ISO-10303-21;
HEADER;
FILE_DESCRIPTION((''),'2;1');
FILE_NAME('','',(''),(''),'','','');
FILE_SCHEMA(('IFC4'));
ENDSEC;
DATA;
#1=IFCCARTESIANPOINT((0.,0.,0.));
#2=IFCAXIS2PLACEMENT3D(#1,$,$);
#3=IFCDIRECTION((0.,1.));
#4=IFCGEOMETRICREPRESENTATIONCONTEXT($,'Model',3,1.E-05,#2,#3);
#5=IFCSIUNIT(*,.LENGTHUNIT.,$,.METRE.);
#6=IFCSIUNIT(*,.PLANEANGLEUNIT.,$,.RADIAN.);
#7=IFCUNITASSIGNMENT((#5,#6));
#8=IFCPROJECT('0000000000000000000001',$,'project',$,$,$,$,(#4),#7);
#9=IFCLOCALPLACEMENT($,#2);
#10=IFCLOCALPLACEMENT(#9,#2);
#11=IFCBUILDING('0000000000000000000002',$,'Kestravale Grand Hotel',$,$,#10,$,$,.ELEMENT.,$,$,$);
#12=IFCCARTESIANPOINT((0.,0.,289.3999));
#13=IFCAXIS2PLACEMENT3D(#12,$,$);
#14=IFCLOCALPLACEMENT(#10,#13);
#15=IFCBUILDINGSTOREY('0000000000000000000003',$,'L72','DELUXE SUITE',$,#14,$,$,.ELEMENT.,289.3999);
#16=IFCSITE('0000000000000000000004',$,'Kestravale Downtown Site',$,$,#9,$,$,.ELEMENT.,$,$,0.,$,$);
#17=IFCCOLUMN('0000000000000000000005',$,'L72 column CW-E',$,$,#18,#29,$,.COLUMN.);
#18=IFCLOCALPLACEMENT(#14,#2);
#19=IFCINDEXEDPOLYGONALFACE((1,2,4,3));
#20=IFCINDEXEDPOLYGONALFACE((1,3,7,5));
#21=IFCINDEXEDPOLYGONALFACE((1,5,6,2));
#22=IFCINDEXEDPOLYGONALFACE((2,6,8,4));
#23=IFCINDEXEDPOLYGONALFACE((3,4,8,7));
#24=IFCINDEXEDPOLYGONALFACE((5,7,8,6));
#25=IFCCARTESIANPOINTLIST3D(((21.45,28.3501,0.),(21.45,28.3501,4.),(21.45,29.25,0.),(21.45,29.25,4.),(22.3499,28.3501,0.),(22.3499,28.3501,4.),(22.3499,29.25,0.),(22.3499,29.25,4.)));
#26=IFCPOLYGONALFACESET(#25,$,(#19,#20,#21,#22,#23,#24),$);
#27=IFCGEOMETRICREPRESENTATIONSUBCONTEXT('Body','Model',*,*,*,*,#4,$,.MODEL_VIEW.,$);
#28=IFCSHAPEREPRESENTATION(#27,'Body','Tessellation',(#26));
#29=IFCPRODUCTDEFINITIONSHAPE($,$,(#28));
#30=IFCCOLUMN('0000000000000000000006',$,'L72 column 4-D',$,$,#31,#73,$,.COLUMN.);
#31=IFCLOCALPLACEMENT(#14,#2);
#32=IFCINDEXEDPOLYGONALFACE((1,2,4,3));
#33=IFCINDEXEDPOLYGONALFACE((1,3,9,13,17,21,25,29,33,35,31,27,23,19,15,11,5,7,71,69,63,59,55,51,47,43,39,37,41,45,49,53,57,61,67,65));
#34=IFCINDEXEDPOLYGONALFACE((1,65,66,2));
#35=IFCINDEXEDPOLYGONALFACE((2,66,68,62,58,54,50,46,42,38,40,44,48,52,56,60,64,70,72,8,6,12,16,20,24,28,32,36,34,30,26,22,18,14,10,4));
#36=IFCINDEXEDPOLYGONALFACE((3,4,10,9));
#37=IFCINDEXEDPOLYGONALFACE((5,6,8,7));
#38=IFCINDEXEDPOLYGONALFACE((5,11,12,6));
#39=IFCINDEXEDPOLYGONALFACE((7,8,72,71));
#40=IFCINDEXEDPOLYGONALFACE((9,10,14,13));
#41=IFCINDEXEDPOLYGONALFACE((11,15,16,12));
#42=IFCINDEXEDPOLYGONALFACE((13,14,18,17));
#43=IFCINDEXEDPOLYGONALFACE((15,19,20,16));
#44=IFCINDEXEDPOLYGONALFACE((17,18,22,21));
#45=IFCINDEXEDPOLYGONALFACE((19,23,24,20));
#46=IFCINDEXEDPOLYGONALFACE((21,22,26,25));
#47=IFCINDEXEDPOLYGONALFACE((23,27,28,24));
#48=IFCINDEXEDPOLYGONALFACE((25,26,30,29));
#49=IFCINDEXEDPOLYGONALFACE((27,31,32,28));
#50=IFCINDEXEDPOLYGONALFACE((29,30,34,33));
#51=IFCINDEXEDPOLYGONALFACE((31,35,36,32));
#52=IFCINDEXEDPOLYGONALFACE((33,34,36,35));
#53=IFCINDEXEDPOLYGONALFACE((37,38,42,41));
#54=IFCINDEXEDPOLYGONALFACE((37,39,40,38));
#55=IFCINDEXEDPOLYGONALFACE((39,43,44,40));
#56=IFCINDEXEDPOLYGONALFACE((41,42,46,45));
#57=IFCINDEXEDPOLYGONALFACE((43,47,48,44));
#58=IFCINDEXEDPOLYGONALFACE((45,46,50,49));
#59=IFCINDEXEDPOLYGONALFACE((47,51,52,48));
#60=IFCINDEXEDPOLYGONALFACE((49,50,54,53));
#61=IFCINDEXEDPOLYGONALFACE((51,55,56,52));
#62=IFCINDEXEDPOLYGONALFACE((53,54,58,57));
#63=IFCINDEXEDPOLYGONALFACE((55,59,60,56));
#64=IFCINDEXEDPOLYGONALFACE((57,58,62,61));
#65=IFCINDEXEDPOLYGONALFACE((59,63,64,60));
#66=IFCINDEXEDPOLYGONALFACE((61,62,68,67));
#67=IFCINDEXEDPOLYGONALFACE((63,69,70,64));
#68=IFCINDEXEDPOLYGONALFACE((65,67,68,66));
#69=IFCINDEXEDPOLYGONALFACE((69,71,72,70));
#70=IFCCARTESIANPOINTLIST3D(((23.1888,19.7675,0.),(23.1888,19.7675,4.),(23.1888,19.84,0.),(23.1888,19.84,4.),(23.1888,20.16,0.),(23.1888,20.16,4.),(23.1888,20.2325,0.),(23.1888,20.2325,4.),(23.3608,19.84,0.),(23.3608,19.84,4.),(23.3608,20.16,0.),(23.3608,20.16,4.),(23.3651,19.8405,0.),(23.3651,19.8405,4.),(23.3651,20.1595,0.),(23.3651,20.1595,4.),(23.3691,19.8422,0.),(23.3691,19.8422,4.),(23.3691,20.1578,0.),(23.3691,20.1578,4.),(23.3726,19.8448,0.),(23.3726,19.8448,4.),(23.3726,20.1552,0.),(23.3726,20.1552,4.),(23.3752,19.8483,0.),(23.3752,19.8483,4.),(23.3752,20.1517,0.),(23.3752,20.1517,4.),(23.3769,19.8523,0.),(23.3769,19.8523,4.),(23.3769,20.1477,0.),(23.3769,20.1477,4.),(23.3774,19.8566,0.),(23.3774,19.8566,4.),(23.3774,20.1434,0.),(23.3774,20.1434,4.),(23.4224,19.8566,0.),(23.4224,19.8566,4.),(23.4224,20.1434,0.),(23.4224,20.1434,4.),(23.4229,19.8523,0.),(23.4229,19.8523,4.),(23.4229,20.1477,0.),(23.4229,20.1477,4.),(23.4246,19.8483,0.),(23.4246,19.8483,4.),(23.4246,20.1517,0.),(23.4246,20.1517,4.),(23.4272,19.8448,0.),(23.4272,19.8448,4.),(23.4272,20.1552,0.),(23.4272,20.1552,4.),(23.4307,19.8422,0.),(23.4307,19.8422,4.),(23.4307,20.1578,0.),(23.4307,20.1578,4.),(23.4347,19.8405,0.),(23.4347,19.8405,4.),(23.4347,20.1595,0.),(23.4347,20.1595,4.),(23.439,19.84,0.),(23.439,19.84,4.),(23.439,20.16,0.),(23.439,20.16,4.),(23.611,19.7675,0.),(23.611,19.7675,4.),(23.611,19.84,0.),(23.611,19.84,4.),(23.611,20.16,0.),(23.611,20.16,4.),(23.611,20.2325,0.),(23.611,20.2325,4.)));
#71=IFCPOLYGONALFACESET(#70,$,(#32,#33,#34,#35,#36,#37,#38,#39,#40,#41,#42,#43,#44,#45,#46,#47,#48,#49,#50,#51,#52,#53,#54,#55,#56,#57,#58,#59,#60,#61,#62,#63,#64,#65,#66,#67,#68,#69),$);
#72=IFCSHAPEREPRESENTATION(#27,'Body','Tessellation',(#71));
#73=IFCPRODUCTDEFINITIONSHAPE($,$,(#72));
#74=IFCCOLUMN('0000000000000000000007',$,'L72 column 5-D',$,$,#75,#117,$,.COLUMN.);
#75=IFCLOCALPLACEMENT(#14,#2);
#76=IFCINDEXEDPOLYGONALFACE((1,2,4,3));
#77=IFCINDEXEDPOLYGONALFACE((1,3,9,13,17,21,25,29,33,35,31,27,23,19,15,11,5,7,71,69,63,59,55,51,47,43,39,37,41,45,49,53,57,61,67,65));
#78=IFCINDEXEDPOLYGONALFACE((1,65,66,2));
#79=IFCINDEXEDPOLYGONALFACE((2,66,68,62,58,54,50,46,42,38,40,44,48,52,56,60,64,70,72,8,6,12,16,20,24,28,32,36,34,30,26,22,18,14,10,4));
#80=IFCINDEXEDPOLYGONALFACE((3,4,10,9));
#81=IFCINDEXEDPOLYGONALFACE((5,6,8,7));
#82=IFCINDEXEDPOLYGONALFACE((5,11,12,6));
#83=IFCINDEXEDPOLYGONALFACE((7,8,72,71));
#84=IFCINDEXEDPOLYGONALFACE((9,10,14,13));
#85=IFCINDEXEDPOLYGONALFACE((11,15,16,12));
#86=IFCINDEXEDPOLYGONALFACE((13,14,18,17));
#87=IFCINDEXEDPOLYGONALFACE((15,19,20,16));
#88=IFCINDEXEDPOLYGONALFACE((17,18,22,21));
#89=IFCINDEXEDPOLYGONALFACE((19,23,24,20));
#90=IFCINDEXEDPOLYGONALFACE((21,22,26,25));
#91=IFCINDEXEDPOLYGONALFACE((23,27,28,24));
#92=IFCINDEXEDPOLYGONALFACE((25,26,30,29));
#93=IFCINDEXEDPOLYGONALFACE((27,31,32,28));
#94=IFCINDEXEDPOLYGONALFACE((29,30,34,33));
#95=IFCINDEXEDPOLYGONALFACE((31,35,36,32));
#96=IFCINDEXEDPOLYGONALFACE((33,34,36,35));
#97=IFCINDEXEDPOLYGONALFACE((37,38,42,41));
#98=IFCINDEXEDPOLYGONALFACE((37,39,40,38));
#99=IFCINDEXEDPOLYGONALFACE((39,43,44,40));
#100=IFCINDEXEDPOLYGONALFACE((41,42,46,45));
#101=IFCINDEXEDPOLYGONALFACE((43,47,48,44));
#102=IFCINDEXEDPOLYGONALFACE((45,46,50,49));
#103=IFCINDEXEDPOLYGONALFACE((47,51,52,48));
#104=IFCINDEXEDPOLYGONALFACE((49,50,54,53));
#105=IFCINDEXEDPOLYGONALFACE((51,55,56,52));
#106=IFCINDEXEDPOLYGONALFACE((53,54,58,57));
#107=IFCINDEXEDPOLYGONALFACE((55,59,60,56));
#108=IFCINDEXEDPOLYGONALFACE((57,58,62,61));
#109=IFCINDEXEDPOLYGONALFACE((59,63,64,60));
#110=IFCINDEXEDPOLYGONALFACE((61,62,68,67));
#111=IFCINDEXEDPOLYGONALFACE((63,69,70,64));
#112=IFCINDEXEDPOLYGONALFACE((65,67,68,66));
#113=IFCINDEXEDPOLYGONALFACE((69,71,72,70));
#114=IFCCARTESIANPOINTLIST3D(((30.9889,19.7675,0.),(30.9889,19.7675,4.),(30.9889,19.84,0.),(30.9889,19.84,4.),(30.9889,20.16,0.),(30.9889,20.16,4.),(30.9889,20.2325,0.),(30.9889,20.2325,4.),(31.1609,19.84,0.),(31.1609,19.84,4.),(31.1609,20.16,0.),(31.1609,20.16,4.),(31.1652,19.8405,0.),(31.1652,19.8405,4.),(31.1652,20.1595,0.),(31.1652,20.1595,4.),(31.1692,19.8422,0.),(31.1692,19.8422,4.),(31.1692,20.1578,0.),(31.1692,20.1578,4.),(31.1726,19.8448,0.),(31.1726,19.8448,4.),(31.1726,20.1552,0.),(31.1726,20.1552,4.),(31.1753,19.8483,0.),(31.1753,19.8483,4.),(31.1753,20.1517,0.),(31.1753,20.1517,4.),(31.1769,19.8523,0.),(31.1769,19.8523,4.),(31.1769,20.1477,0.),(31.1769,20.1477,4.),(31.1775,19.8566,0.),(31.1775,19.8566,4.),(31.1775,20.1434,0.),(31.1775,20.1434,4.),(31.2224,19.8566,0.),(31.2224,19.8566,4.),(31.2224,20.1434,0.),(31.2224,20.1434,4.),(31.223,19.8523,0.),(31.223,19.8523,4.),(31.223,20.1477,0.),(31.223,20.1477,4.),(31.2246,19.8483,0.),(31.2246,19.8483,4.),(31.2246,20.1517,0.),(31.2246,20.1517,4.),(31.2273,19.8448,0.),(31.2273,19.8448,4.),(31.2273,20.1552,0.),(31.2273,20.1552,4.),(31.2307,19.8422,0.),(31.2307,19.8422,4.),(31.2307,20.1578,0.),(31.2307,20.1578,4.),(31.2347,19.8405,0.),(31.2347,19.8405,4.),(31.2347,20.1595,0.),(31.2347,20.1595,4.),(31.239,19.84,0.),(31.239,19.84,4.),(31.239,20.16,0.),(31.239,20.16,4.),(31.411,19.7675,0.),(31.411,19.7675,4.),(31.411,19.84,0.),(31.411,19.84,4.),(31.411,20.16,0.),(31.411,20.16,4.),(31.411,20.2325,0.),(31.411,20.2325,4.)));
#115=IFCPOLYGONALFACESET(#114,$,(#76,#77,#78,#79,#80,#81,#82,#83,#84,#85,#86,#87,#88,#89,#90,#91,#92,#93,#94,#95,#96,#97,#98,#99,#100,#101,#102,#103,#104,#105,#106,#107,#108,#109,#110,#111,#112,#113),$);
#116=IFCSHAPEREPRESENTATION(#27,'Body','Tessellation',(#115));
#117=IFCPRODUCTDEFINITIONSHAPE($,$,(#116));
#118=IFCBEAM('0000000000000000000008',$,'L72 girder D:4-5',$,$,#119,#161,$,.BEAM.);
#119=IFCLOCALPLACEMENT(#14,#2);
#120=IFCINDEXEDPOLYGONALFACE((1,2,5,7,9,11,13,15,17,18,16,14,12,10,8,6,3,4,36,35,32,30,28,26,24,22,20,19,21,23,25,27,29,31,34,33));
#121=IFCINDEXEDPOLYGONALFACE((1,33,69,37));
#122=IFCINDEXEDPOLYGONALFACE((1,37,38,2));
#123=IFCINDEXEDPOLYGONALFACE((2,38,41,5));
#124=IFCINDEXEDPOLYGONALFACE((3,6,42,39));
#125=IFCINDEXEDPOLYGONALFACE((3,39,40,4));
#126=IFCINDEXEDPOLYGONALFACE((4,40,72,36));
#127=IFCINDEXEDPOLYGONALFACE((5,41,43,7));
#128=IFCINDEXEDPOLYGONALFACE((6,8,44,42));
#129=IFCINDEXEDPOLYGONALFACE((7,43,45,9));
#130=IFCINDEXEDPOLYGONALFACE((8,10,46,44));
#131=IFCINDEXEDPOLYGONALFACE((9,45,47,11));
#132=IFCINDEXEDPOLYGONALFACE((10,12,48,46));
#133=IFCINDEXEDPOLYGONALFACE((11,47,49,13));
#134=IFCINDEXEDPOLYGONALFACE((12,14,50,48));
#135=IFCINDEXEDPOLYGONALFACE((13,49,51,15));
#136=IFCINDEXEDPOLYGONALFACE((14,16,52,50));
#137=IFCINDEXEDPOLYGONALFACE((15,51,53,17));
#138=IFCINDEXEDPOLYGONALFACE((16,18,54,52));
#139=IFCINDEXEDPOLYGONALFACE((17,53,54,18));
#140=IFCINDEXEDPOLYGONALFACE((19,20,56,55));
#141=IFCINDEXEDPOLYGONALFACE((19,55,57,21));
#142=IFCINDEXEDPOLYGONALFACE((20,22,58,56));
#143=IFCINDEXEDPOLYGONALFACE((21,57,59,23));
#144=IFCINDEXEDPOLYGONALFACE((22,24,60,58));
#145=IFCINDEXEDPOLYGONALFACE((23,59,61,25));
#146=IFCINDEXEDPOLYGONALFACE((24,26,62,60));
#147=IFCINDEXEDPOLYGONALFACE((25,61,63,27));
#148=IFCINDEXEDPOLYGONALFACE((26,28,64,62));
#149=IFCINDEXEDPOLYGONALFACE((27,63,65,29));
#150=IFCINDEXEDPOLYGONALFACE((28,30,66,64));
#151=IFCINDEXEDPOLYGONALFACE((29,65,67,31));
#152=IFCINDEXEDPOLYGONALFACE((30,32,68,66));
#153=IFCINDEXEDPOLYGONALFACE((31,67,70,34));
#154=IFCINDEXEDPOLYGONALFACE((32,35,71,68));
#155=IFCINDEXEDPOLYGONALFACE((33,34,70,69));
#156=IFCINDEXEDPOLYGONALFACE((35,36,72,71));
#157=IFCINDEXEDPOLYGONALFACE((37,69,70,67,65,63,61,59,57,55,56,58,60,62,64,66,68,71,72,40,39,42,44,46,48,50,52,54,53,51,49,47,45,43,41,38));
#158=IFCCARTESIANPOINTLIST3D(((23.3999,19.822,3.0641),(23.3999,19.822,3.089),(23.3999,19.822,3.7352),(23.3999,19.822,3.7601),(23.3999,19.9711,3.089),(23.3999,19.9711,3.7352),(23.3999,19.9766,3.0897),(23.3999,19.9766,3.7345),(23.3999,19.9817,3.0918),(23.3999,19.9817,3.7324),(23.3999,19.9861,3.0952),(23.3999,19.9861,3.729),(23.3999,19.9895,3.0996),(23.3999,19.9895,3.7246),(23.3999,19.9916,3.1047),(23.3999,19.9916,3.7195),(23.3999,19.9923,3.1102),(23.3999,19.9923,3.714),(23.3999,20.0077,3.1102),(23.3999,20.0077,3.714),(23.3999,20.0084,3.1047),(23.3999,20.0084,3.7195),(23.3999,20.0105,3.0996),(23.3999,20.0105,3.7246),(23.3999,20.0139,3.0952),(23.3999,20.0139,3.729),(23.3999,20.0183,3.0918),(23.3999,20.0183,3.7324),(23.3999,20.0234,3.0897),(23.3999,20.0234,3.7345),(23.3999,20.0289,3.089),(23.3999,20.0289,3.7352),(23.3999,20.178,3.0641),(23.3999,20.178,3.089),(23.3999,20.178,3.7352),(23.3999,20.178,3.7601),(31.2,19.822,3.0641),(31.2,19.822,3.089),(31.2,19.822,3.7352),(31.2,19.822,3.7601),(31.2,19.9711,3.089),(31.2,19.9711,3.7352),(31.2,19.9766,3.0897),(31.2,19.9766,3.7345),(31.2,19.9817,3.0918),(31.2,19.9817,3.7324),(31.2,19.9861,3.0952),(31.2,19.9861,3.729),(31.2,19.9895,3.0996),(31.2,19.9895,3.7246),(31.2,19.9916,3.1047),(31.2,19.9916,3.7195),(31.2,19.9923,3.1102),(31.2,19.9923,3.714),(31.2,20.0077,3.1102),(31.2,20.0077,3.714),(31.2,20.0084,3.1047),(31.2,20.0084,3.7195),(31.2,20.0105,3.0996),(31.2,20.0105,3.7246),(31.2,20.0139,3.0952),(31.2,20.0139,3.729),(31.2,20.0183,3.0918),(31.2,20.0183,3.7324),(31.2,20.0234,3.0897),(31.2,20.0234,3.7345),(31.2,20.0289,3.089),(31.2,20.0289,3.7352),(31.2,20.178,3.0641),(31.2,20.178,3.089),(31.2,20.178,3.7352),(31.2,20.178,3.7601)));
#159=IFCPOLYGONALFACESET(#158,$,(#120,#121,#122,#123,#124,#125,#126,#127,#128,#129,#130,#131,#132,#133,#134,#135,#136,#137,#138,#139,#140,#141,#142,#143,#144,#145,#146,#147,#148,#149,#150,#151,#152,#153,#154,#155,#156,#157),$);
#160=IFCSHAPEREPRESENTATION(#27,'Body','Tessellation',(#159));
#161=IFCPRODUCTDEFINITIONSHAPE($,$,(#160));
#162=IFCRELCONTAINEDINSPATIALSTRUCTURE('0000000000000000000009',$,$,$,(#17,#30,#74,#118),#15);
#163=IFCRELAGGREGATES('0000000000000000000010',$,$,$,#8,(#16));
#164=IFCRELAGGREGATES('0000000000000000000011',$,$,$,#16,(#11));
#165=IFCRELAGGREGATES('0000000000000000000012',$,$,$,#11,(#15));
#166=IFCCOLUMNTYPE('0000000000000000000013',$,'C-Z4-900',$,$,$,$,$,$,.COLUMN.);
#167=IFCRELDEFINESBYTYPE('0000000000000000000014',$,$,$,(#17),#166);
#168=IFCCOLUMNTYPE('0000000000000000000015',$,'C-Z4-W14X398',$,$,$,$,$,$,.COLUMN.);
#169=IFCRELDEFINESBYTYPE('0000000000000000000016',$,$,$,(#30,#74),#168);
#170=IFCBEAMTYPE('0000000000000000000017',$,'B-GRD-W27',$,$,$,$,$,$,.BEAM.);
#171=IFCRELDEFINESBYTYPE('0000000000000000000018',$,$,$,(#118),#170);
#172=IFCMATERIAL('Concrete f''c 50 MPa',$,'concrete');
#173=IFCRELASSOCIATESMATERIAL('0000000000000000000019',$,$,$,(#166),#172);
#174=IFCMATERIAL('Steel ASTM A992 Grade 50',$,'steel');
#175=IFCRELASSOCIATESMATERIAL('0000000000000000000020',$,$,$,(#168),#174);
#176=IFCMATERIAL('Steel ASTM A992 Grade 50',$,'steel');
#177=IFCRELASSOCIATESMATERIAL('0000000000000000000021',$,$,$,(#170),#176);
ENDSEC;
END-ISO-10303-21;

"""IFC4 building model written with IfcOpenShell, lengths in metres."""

from ifc_helpers import new_model, si_unit, direction, frame, origin, origin_2d, place, context, subcontext, project, spatial, rectangle, i_section, extrude, material, material_profile, profile_set, type_object, element, save


model = new_model("IFC4")

# Units and contexts
model_context = context("Model", 3, precision=1e-05, world=origin(), true_north=direction((0.0, 1.0)))
body_context = subcontext(model_context, "Body", "Model", "MODEL_VIEW")
ifc_project = project(units=[si_unit("LENGTHUNIT", "METRE"), si_unit("PLANEANGLEUNIT", "RADIAN")], contexts=[model_context])

# Site, building, storey
site_placement = place(None, origin())
site = spatial("IfcSite", under=ifc_project, at=site_placement, Name="Kestravale Downtown Site", CompositionType="ELEMENT", RefElevation=0.0)
building_placement = place(site_placement, origin())
building = spatial("IfcBuilding", under=site, at=building_placement, Name="Kestravale Grand Hotel", CompositionType="ELEMENT")
storey_placement = place(building_placement, frame((0.0, 0.0, 289.3999)))
storey = spatial("IfcBuildingStorey", under=building, at=storey_placement, Name="L72", Description="DELUXE SUITE", CompositionType="ELEMENT", Elevation=289.3999)

# Columns
ifc_material_1 = material(Name="Concrete f'c 50 MPa", Category="concrete")
ifc_material_profile_1 = material_profile(ifc_material_1, rectangle(XDim=0.8999, YDim=0.8999, at=origin_2d()))
ifc_profile_set_1 = profile_set([ifc_material_profile_1], Name="Concrete f'c 50 MPa")
column_type_1 = type_object("IfcColumnType", Name="C-Z4-900", PredefinedType="COLUMN", material=ifc_profile_set_1)
column_placement = place(storey_placement, frame((21.8999, 28.8, 0.0), z_axis=(0.0, 0.0, 1.0), x_axis=(1.0, 0.0, 0.0)))
element("IfcColumn", 1, at=column_placement, inside=storey, type_object=column_type_1, Name="L72 column CW-E", PredefinedType="COLUMN", context=body_context, shape_type="SweptSolid", body=[
    extrude(rectangle(XDim=0.8999, YDim=0.8999, at=origin_2d()), origin(), (0.0, 0.0, 1.0), 4.0),
])
ifc_material_2 = material(Name="Steel ASTM A992 Grade 50", Category="steel")
ifc_material_profile_2 = material_profile(ifc_material_2, i_section(OverallWidth=0.4221, OverallDepth=0.4651, WebThickness=0.0449, FlangeThickness=0.0725, FilletRadius=0.0166, at=origin_2d()))
ifc_profile_set_2 = profile_set([ifc_material_profile_2], Name="Steel ASTM A992 Grade 50")
column_type_2 = type_object("IfcColumnType", Name="C-Z4-W14X398", PredefinedType="COLUMN", material=ifc_profile_set_2)
for number, where, z_axis, x_axis, name in (
    (2, (23.3999, 20.0, 0.0), (0.0, 0.0, 1.0), (1.0, 0.0, 0.0), "L72 column 4-D"),
    (3, (31.2, 20.0, 0.0), (0.0, 0.0, 1.0), (1.0, 0.0, 0.0), "L72 column 5-D"),
):
    element("IfcColumn", number, at=place(storey_placement, frame(where, z_axis=z_axis, x_axis=x_axis)), inside=storey, type_object=column_type_2, Name=name, PredefinedType="COLUMN", context=body_context, shape_type="SweptSolid", body=[
        extrude(i_section(OverallWidth=0.4221, OverallDepth=0.4651, WebThickness=0.0449, FlangeThickness=0.0725, FilletRadius=0.0166, at=origin_2d()), origin(), (0.0, 0.0, 1.0), 4.0),
    ])

# Beam
ifc_material_3 = material(Name="Steel ASTM A992 Grade 50", Category="steel")
ifc_material_profile_3 = material_profile(ifc_material_3, i_section(OverallWidth=0.356, OverallDepth=0.696, WebThickness=0.0154, FlangeThickness=0.0249, FilletRadius=0.0212, at=origin_2d()))
ifc_profile_set_3 = profile_set([ifc_material_profile_3], Name="Steel ASTM A992 Grade 50")
beam_type = type_object("IfcBeamType", Name="B-GRD-W27", PredefinedType="BEAM", material=ifc_profile_set_3)
beam_1_placement = place(storey_placement, frame((23.3999, 20.0, 3.4121), z_axis=(1.0, 0.0, 0.0), x_axis=(0.0, 1.0, 0.0)))
element("IfcBeam", 4, at=beam_1_placement, inside=storey, type_object=beam_type, Name="L72 girder D:4-5", PredefinedType="BEAM", context=body_context, shape_type="SweptSolid", body=[
    extrude(i_section(OverallWidth=0.356, OverallDepth=0.696, WebThickness=0.0154, FlangeThickness=0.0249, FilletRadius=0.0212, at=origin_2d()), origin(), (0.0, 0.0, 1.0), 7.8),
])

save(model, "model.ifc")
